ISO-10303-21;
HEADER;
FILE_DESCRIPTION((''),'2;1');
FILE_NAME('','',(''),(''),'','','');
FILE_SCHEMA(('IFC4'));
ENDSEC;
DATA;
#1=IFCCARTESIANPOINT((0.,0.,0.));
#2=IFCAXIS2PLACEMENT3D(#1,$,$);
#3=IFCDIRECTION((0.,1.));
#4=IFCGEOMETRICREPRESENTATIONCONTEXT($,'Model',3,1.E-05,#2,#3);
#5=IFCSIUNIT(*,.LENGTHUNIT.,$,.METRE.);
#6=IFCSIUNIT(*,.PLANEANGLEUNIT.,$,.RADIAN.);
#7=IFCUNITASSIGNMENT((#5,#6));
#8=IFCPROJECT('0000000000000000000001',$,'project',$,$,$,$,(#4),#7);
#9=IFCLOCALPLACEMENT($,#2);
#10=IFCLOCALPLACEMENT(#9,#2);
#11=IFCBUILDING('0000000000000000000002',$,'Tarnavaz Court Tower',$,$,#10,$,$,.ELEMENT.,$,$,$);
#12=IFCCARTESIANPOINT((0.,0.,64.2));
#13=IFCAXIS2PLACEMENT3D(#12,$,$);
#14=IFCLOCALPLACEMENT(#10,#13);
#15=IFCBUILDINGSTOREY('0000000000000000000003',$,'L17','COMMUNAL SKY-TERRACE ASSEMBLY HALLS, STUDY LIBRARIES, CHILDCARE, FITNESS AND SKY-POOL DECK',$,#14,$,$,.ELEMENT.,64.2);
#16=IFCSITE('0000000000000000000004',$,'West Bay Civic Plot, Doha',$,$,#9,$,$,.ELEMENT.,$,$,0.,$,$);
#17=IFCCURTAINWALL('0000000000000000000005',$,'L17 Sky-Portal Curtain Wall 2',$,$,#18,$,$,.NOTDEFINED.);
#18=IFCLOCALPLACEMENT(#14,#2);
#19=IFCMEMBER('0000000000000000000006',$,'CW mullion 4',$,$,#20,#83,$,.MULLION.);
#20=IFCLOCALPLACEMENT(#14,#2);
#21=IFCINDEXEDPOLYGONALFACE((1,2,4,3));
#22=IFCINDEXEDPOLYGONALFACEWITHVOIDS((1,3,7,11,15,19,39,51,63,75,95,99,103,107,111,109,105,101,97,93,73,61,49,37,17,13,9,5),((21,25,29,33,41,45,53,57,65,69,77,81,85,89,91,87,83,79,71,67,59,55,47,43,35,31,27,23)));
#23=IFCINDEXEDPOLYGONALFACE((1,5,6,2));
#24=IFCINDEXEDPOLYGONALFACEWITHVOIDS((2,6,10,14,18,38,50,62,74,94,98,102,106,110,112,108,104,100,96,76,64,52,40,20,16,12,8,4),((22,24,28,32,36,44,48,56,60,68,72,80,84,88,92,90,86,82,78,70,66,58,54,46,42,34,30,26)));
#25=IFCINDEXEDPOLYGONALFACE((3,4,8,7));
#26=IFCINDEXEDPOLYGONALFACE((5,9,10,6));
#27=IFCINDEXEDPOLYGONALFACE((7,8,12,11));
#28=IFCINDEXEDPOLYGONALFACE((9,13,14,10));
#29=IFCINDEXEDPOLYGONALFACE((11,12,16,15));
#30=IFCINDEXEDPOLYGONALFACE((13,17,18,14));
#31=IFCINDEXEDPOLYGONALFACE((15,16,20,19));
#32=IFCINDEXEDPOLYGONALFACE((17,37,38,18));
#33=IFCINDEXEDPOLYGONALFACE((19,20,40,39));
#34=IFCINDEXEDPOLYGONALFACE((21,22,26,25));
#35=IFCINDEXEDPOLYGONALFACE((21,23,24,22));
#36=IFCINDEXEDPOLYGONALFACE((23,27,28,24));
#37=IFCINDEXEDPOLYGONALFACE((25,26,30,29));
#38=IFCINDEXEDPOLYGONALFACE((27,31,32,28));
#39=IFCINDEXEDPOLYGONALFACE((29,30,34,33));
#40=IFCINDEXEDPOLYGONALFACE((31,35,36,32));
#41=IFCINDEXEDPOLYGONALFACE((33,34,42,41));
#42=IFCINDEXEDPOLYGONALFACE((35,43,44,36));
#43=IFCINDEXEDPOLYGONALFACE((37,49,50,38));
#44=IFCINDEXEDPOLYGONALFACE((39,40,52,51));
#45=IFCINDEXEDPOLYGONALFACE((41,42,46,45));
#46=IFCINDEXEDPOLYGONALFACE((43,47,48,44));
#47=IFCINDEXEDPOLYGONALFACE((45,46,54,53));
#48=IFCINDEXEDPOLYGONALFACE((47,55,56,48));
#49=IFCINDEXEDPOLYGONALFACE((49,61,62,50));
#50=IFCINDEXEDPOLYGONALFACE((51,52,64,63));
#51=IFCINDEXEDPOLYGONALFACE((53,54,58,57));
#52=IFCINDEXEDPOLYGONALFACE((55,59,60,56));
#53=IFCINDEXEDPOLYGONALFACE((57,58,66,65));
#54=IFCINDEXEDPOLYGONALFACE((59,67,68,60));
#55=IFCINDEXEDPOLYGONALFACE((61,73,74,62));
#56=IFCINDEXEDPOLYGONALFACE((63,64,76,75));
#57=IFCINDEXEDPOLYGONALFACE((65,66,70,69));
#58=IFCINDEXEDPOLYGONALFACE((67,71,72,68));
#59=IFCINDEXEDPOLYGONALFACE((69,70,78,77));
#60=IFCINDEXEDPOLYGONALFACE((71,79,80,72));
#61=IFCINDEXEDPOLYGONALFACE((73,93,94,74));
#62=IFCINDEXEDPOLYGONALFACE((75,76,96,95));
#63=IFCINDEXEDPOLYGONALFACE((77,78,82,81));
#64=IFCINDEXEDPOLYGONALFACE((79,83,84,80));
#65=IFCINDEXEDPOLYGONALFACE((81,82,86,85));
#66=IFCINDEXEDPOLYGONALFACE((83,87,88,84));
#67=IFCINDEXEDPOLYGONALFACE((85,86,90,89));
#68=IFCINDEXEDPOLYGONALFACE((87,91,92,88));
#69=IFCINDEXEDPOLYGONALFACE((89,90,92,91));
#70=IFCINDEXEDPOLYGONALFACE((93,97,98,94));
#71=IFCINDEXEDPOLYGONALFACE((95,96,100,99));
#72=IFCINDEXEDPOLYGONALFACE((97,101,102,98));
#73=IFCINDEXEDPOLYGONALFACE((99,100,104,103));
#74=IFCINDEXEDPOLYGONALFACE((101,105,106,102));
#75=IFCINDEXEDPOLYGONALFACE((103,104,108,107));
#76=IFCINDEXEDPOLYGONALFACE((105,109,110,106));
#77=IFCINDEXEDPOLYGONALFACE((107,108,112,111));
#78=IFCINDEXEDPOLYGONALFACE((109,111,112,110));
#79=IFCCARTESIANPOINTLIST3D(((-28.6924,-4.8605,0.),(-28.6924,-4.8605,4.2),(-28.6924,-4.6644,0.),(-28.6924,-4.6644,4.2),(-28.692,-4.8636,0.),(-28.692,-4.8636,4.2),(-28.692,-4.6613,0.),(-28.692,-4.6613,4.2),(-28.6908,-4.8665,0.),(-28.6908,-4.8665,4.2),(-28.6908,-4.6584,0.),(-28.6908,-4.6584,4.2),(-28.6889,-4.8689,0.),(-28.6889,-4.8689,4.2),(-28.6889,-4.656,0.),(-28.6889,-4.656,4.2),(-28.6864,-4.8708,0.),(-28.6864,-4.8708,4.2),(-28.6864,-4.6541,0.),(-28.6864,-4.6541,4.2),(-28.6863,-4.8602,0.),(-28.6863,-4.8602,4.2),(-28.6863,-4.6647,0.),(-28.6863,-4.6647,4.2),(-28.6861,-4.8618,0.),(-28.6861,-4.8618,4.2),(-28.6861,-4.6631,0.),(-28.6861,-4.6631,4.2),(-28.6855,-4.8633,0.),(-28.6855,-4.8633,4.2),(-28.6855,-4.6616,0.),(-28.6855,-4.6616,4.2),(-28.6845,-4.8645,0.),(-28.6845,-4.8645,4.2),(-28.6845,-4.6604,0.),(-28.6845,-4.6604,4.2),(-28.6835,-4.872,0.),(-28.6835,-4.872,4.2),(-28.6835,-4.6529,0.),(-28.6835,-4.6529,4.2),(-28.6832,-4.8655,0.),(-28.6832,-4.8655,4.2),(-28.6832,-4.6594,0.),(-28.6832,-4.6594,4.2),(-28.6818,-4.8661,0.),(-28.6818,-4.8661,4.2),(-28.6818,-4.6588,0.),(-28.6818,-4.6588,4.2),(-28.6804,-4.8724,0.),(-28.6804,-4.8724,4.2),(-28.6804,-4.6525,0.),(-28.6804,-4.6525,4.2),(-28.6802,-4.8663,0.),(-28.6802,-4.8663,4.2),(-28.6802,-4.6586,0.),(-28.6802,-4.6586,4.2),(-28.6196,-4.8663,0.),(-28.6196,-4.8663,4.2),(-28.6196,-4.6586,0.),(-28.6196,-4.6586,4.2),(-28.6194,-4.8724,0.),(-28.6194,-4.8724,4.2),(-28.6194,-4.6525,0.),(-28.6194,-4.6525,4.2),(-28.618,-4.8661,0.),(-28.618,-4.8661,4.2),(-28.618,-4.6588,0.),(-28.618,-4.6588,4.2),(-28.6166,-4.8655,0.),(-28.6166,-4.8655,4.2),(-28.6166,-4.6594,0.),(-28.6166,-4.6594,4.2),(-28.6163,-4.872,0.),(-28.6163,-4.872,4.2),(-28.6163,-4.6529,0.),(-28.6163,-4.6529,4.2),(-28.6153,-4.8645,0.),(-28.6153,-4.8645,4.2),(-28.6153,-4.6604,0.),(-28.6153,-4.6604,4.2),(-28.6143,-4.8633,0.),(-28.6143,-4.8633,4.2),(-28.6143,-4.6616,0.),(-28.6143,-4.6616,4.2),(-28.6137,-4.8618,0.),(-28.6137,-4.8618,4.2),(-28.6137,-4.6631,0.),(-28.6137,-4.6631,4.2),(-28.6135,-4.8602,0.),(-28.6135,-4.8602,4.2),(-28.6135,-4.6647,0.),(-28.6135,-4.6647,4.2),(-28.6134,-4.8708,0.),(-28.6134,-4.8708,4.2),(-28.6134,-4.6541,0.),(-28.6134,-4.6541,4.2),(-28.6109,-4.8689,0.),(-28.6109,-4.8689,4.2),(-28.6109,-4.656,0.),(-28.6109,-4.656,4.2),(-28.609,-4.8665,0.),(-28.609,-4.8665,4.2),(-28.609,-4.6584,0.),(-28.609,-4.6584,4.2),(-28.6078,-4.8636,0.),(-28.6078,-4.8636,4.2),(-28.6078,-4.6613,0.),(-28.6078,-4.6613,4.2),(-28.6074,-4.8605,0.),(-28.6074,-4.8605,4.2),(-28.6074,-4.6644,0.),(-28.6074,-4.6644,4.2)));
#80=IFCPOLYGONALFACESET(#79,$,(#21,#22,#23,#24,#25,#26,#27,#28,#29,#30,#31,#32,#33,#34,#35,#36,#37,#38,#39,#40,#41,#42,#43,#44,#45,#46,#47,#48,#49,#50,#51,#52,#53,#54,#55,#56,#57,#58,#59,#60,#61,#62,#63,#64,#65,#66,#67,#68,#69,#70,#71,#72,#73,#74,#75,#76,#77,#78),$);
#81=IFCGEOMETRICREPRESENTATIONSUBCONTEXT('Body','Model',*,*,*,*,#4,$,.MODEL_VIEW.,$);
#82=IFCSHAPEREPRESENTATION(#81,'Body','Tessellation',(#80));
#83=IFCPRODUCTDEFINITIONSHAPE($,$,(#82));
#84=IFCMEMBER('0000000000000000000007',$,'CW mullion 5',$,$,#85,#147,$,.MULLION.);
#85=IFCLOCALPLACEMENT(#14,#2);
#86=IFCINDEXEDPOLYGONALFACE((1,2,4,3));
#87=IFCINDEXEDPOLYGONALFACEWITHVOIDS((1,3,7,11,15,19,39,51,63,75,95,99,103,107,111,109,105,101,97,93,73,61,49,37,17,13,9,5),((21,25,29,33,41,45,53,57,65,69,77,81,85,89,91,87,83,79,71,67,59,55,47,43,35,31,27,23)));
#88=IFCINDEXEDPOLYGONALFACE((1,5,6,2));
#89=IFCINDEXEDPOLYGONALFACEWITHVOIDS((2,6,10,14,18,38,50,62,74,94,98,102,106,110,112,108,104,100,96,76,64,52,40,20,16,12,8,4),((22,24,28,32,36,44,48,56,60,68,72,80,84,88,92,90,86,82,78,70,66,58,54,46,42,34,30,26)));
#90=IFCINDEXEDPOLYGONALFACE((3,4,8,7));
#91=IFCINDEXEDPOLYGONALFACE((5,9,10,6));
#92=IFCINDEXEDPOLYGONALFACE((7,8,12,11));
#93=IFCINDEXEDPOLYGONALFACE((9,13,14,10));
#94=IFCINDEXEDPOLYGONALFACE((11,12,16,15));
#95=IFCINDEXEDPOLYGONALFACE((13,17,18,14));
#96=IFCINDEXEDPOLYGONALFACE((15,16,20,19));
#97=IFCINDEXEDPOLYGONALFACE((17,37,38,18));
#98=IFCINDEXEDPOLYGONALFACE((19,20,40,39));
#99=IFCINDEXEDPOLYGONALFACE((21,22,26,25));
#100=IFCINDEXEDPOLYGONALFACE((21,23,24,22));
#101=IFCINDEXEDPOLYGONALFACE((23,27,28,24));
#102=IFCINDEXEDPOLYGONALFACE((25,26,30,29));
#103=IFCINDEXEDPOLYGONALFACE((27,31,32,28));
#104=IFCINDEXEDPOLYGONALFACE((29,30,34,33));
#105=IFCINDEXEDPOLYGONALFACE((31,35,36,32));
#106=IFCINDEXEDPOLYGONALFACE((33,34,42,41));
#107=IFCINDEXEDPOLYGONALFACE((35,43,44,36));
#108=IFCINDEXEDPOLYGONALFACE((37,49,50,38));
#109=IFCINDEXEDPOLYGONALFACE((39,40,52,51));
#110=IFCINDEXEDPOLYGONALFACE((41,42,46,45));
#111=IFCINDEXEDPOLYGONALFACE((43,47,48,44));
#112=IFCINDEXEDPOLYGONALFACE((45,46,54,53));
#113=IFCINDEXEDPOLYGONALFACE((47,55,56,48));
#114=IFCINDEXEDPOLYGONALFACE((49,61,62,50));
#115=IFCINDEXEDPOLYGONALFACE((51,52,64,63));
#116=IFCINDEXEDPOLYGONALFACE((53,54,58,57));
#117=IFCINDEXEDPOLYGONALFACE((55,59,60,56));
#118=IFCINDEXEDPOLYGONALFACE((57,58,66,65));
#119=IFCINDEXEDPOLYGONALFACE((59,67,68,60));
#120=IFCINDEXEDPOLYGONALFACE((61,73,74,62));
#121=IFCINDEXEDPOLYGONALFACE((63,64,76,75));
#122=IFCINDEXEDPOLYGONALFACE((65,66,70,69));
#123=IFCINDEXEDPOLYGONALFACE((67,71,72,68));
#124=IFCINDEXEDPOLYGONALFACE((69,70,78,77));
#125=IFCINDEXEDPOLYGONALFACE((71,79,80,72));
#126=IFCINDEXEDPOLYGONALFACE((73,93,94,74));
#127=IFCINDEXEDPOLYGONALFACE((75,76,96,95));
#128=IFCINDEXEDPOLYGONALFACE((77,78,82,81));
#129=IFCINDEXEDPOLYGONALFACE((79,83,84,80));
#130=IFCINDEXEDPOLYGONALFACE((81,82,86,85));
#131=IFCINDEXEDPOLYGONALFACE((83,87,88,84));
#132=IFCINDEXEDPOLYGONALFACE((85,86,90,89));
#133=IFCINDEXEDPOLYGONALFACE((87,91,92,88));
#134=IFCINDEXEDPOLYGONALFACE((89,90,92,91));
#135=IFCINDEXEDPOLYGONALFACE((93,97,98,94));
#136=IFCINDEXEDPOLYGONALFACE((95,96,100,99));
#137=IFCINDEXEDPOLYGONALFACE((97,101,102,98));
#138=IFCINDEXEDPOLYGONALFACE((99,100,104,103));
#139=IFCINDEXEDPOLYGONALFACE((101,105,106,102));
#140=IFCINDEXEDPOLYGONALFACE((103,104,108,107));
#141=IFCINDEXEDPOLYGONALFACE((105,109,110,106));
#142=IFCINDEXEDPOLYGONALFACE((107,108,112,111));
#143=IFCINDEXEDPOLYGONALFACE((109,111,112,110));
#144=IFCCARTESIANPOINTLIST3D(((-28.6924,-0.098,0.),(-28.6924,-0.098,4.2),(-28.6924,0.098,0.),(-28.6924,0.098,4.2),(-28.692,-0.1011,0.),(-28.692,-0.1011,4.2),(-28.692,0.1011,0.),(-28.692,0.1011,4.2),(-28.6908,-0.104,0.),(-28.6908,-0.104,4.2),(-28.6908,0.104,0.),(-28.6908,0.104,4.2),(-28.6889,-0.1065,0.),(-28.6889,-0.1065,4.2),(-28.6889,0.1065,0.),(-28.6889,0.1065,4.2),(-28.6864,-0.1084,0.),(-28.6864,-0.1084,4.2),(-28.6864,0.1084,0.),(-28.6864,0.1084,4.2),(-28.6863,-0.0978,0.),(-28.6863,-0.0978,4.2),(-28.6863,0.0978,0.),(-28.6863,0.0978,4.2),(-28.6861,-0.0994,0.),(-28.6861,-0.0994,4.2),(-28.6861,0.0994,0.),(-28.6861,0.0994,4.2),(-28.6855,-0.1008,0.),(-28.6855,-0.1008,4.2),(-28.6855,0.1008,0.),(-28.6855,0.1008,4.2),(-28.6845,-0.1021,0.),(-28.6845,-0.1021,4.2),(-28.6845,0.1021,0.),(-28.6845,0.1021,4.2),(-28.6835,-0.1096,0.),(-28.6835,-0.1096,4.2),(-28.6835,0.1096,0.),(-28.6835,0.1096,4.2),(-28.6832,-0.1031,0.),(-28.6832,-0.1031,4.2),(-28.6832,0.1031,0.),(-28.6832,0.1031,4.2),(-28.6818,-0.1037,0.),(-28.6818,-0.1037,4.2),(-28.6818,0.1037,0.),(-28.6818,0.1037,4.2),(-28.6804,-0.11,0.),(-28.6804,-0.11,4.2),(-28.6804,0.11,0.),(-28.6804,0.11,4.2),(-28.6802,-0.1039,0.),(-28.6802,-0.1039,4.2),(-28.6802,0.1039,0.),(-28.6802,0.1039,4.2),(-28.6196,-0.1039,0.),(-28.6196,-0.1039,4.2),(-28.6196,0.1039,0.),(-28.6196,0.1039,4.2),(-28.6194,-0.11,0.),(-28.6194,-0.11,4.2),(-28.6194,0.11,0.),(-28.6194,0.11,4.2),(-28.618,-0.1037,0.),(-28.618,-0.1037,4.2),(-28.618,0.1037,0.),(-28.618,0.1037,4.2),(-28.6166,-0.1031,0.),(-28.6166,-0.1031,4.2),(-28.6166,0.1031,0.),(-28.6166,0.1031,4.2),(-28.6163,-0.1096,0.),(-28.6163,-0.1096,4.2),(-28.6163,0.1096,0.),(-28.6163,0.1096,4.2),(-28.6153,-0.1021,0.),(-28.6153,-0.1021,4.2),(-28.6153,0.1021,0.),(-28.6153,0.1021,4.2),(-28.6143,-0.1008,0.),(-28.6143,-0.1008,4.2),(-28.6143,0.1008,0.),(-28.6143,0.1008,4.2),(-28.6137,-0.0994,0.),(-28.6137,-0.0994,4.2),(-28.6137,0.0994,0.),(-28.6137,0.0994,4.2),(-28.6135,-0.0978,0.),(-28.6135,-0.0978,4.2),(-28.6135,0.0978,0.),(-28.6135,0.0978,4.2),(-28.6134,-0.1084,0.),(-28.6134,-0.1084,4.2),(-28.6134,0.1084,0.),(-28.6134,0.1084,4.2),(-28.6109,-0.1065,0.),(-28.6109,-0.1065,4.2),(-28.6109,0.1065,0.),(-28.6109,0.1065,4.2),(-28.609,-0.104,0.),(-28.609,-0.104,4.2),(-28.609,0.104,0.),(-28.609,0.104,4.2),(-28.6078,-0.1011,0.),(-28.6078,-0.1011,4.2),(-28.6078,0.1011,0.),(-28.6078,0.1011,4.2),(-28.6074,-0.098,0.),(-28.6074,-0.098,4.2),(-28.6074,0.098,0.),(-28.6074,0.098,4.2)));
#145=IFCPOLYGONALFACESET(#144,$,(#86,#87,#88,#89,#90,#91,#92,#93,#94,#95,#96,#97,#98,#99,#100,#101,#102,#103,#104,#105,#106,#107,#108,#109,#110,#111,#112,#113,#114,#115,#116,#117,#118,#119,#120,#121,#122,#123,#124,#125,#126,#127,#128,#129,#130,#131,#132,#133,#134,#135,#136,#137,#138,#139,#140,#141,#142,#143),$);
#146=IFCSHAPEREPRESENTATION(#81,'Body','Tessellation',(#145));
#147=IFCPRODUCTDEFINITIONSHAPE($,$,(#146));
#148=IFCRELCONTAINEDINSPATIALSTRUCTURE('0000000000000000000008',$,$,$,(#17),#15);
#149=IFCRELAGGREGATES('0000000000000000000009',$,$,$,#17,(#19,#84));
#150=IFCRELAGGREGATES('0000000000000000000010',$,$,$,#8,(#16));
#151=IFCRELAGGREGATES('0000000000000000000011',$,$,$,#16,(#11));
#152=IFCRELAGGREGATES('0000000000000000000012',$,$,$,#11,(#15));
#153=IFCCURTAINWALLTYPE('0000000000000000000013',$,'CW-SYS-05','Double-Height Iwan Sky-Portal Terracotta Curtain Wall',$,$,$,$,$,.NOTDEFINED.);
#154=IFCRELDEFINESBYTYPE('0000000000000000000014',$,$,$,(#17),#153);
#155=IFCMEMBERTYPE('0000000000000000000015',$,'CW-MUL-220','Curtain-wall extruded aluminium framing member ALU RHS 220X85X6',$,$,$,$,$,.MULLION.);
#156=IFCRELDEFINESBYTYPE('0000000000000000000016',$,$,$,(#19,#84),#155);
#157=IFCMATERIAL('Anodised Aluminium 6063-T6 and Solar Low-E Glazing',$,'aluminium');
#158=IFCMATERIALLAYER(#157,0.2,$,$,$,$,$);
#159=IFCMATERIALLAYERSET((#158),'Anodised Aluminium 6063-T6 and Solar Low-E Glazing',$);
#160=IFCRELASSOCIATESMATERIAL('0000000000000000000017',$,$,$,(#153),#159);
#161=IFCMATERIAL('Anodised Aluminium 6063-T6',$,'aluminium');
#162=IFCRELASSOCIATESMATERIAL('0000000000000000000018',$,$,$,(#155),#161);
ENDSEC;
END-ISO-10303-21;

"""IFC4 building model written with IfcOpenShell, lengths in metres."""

from ifc_helpers import new_model, si_unit, direction, frame, origin, origin_2d, place, context, subcontext, project, spatial, hollow_rectangle, extrude, material, layer, layer_set, material_profile, profile_set, type_object, element, aggregate, save


model = new_model("IFC4")

# Units and contexts
model_context = context("Model", 3, precision=1e-05, world=origin(), true_north=direction((0.0, 1.0)))
body_context = subcontext(model_context, "Body", "Model", "MODEL_VIEW")
ifc_project = project(units=[si_unit("LENGTHUNIT", "METRE"), si_unit("PLANEANGLEUNIT", "RADIAN")], contexts=[model_context])

# Site, building, storey
site_placement = place(None, origin())
site = spatial("IfcSite", under=ifc_project, at=site_placement, Name="West Bay Civic Plot, Doha", CompositionType="ELEMENT", RefElevation=0.0)
building_placement = place(site_placement, origin())
building = spatial("IfcBuilding", under=site, at=building_placement, Name="Tarnavaz Court Tower", CompositionType="ELEMENT")
storey_placement = place(building_placement, frame((0.0, 0.0, 64.2)))
storey = spatial("IfcBuildingStorey", under=building, at=storey_placement, Name="L17", Description="COMMUNAL SKY-TERRACE ASSEMBLY HALLS, STUDY LIBRARIES, CHILDCARE, FITNESS AND SKY-POOL DECK", CompositionType="ELEMENT", Elevation=64.2)

# Curtain wall, members
ifc_material_1 = material(Name="Anodised Aluminium 6063-T6 and Solar Low-E Glazing", Category="aluminium")
ifc_layer_1 = layer(ifc_material_1, 0.2)
ifc_layer_set_1 = layer_set([ifc_layer_1], Name="Anodised Aluminium 6063-T6 and Solar Low-E Glazing")
curtain_wall_type = type_object("IfcCurtainWallType", Name="CW-SYS-05", Description="Double-Height Iwan Sky-Portal Terracotta Curtain Wall", PredefinedType="NOTDEFINED", material=ifc_layer_set_1)
curtain_wall_placement = place(storey_placement, origin())
curtain_wall = element("IfcCurtainWall", 1, at=curtain_wall_placement, inside=storey, type_object=curtain_wall_type, Name="L17 Sky-Portal Curtain Wall 2", PredefinedType="NOTDEFINED")
ifc_material_2 = material(Name="Anodised Aluminium 6063-T6", Category="aluminium")
ifc_material_profile_1 = material_profile(ifc_material_2, hollow_rectangle(XDim=0.085, YDim=0.22, WallThickness=0.0061, InnerFilletRadius=0.0061, OuterFilletRadius=0.012, at=origin_2d()), Name="ALU RHS 220X85X6")
ifc_profile_set_1 = profile_set([ifc_material_profile_1], Name="Anodised Aluminium 6063-T6")
member_type_1 = type_object("IfcMemberType", Name="CW-MUL-220", Description="Curtain-wall extruded aluminium framing member ALU RHS 220X85X6", PredefinedType="MULLION", material=ifc_profile_set_1)
member_1_placement = place(storey_placement, frame((-28.6499, -4.7625, 0.0), z_axis=(0.0, 0.0, 1.0), x_axis=(-1.0, 0.0, 0.0)))
member_1 = element("IfcMember", 2, at=member_1_placement, type_object=member_type_1, Name="CW mullion 4", PredefinedType="MULLION", context=body_context, shape_type="SweptSolid", body=[
    extrude(hollow_rectangle(XDim=0.085, YDim=0.22, WallThickness=0.0061, InnerFilletRadius=0.0061, OuterFilletRadius=0.012, at=origin_2d()), origin(), (0.0, 0.0, 1.0), 4.2),
])
member_2_placement = place(storey_placement, frame((-28.6499, 0.0, 0.0), z_axis=(0.0, 0.0, 1.0), x_axis=(-1.0, 0.0, 0.0)))
member_2 = element("IfcMember", 3, at=member_2_placement, type_object=member_type_1, Name="CW mullion 5", PredefinedType="MULLION", context=body_context, shape_type="SweptSolid", body=[
    extrude(hollow_rectangle(XDim=0.085, YDim=0.22, WallThickness=0.0061, InnerFilletRadius=0.0061, OuterFilletRadius=0.012, at=origin_2d()), origin(), (0.0, 0.0, 1.0), 4.2),
])
aggregate(curtain_wall, [member_1, member_2])

save(model, "model.ifc")
